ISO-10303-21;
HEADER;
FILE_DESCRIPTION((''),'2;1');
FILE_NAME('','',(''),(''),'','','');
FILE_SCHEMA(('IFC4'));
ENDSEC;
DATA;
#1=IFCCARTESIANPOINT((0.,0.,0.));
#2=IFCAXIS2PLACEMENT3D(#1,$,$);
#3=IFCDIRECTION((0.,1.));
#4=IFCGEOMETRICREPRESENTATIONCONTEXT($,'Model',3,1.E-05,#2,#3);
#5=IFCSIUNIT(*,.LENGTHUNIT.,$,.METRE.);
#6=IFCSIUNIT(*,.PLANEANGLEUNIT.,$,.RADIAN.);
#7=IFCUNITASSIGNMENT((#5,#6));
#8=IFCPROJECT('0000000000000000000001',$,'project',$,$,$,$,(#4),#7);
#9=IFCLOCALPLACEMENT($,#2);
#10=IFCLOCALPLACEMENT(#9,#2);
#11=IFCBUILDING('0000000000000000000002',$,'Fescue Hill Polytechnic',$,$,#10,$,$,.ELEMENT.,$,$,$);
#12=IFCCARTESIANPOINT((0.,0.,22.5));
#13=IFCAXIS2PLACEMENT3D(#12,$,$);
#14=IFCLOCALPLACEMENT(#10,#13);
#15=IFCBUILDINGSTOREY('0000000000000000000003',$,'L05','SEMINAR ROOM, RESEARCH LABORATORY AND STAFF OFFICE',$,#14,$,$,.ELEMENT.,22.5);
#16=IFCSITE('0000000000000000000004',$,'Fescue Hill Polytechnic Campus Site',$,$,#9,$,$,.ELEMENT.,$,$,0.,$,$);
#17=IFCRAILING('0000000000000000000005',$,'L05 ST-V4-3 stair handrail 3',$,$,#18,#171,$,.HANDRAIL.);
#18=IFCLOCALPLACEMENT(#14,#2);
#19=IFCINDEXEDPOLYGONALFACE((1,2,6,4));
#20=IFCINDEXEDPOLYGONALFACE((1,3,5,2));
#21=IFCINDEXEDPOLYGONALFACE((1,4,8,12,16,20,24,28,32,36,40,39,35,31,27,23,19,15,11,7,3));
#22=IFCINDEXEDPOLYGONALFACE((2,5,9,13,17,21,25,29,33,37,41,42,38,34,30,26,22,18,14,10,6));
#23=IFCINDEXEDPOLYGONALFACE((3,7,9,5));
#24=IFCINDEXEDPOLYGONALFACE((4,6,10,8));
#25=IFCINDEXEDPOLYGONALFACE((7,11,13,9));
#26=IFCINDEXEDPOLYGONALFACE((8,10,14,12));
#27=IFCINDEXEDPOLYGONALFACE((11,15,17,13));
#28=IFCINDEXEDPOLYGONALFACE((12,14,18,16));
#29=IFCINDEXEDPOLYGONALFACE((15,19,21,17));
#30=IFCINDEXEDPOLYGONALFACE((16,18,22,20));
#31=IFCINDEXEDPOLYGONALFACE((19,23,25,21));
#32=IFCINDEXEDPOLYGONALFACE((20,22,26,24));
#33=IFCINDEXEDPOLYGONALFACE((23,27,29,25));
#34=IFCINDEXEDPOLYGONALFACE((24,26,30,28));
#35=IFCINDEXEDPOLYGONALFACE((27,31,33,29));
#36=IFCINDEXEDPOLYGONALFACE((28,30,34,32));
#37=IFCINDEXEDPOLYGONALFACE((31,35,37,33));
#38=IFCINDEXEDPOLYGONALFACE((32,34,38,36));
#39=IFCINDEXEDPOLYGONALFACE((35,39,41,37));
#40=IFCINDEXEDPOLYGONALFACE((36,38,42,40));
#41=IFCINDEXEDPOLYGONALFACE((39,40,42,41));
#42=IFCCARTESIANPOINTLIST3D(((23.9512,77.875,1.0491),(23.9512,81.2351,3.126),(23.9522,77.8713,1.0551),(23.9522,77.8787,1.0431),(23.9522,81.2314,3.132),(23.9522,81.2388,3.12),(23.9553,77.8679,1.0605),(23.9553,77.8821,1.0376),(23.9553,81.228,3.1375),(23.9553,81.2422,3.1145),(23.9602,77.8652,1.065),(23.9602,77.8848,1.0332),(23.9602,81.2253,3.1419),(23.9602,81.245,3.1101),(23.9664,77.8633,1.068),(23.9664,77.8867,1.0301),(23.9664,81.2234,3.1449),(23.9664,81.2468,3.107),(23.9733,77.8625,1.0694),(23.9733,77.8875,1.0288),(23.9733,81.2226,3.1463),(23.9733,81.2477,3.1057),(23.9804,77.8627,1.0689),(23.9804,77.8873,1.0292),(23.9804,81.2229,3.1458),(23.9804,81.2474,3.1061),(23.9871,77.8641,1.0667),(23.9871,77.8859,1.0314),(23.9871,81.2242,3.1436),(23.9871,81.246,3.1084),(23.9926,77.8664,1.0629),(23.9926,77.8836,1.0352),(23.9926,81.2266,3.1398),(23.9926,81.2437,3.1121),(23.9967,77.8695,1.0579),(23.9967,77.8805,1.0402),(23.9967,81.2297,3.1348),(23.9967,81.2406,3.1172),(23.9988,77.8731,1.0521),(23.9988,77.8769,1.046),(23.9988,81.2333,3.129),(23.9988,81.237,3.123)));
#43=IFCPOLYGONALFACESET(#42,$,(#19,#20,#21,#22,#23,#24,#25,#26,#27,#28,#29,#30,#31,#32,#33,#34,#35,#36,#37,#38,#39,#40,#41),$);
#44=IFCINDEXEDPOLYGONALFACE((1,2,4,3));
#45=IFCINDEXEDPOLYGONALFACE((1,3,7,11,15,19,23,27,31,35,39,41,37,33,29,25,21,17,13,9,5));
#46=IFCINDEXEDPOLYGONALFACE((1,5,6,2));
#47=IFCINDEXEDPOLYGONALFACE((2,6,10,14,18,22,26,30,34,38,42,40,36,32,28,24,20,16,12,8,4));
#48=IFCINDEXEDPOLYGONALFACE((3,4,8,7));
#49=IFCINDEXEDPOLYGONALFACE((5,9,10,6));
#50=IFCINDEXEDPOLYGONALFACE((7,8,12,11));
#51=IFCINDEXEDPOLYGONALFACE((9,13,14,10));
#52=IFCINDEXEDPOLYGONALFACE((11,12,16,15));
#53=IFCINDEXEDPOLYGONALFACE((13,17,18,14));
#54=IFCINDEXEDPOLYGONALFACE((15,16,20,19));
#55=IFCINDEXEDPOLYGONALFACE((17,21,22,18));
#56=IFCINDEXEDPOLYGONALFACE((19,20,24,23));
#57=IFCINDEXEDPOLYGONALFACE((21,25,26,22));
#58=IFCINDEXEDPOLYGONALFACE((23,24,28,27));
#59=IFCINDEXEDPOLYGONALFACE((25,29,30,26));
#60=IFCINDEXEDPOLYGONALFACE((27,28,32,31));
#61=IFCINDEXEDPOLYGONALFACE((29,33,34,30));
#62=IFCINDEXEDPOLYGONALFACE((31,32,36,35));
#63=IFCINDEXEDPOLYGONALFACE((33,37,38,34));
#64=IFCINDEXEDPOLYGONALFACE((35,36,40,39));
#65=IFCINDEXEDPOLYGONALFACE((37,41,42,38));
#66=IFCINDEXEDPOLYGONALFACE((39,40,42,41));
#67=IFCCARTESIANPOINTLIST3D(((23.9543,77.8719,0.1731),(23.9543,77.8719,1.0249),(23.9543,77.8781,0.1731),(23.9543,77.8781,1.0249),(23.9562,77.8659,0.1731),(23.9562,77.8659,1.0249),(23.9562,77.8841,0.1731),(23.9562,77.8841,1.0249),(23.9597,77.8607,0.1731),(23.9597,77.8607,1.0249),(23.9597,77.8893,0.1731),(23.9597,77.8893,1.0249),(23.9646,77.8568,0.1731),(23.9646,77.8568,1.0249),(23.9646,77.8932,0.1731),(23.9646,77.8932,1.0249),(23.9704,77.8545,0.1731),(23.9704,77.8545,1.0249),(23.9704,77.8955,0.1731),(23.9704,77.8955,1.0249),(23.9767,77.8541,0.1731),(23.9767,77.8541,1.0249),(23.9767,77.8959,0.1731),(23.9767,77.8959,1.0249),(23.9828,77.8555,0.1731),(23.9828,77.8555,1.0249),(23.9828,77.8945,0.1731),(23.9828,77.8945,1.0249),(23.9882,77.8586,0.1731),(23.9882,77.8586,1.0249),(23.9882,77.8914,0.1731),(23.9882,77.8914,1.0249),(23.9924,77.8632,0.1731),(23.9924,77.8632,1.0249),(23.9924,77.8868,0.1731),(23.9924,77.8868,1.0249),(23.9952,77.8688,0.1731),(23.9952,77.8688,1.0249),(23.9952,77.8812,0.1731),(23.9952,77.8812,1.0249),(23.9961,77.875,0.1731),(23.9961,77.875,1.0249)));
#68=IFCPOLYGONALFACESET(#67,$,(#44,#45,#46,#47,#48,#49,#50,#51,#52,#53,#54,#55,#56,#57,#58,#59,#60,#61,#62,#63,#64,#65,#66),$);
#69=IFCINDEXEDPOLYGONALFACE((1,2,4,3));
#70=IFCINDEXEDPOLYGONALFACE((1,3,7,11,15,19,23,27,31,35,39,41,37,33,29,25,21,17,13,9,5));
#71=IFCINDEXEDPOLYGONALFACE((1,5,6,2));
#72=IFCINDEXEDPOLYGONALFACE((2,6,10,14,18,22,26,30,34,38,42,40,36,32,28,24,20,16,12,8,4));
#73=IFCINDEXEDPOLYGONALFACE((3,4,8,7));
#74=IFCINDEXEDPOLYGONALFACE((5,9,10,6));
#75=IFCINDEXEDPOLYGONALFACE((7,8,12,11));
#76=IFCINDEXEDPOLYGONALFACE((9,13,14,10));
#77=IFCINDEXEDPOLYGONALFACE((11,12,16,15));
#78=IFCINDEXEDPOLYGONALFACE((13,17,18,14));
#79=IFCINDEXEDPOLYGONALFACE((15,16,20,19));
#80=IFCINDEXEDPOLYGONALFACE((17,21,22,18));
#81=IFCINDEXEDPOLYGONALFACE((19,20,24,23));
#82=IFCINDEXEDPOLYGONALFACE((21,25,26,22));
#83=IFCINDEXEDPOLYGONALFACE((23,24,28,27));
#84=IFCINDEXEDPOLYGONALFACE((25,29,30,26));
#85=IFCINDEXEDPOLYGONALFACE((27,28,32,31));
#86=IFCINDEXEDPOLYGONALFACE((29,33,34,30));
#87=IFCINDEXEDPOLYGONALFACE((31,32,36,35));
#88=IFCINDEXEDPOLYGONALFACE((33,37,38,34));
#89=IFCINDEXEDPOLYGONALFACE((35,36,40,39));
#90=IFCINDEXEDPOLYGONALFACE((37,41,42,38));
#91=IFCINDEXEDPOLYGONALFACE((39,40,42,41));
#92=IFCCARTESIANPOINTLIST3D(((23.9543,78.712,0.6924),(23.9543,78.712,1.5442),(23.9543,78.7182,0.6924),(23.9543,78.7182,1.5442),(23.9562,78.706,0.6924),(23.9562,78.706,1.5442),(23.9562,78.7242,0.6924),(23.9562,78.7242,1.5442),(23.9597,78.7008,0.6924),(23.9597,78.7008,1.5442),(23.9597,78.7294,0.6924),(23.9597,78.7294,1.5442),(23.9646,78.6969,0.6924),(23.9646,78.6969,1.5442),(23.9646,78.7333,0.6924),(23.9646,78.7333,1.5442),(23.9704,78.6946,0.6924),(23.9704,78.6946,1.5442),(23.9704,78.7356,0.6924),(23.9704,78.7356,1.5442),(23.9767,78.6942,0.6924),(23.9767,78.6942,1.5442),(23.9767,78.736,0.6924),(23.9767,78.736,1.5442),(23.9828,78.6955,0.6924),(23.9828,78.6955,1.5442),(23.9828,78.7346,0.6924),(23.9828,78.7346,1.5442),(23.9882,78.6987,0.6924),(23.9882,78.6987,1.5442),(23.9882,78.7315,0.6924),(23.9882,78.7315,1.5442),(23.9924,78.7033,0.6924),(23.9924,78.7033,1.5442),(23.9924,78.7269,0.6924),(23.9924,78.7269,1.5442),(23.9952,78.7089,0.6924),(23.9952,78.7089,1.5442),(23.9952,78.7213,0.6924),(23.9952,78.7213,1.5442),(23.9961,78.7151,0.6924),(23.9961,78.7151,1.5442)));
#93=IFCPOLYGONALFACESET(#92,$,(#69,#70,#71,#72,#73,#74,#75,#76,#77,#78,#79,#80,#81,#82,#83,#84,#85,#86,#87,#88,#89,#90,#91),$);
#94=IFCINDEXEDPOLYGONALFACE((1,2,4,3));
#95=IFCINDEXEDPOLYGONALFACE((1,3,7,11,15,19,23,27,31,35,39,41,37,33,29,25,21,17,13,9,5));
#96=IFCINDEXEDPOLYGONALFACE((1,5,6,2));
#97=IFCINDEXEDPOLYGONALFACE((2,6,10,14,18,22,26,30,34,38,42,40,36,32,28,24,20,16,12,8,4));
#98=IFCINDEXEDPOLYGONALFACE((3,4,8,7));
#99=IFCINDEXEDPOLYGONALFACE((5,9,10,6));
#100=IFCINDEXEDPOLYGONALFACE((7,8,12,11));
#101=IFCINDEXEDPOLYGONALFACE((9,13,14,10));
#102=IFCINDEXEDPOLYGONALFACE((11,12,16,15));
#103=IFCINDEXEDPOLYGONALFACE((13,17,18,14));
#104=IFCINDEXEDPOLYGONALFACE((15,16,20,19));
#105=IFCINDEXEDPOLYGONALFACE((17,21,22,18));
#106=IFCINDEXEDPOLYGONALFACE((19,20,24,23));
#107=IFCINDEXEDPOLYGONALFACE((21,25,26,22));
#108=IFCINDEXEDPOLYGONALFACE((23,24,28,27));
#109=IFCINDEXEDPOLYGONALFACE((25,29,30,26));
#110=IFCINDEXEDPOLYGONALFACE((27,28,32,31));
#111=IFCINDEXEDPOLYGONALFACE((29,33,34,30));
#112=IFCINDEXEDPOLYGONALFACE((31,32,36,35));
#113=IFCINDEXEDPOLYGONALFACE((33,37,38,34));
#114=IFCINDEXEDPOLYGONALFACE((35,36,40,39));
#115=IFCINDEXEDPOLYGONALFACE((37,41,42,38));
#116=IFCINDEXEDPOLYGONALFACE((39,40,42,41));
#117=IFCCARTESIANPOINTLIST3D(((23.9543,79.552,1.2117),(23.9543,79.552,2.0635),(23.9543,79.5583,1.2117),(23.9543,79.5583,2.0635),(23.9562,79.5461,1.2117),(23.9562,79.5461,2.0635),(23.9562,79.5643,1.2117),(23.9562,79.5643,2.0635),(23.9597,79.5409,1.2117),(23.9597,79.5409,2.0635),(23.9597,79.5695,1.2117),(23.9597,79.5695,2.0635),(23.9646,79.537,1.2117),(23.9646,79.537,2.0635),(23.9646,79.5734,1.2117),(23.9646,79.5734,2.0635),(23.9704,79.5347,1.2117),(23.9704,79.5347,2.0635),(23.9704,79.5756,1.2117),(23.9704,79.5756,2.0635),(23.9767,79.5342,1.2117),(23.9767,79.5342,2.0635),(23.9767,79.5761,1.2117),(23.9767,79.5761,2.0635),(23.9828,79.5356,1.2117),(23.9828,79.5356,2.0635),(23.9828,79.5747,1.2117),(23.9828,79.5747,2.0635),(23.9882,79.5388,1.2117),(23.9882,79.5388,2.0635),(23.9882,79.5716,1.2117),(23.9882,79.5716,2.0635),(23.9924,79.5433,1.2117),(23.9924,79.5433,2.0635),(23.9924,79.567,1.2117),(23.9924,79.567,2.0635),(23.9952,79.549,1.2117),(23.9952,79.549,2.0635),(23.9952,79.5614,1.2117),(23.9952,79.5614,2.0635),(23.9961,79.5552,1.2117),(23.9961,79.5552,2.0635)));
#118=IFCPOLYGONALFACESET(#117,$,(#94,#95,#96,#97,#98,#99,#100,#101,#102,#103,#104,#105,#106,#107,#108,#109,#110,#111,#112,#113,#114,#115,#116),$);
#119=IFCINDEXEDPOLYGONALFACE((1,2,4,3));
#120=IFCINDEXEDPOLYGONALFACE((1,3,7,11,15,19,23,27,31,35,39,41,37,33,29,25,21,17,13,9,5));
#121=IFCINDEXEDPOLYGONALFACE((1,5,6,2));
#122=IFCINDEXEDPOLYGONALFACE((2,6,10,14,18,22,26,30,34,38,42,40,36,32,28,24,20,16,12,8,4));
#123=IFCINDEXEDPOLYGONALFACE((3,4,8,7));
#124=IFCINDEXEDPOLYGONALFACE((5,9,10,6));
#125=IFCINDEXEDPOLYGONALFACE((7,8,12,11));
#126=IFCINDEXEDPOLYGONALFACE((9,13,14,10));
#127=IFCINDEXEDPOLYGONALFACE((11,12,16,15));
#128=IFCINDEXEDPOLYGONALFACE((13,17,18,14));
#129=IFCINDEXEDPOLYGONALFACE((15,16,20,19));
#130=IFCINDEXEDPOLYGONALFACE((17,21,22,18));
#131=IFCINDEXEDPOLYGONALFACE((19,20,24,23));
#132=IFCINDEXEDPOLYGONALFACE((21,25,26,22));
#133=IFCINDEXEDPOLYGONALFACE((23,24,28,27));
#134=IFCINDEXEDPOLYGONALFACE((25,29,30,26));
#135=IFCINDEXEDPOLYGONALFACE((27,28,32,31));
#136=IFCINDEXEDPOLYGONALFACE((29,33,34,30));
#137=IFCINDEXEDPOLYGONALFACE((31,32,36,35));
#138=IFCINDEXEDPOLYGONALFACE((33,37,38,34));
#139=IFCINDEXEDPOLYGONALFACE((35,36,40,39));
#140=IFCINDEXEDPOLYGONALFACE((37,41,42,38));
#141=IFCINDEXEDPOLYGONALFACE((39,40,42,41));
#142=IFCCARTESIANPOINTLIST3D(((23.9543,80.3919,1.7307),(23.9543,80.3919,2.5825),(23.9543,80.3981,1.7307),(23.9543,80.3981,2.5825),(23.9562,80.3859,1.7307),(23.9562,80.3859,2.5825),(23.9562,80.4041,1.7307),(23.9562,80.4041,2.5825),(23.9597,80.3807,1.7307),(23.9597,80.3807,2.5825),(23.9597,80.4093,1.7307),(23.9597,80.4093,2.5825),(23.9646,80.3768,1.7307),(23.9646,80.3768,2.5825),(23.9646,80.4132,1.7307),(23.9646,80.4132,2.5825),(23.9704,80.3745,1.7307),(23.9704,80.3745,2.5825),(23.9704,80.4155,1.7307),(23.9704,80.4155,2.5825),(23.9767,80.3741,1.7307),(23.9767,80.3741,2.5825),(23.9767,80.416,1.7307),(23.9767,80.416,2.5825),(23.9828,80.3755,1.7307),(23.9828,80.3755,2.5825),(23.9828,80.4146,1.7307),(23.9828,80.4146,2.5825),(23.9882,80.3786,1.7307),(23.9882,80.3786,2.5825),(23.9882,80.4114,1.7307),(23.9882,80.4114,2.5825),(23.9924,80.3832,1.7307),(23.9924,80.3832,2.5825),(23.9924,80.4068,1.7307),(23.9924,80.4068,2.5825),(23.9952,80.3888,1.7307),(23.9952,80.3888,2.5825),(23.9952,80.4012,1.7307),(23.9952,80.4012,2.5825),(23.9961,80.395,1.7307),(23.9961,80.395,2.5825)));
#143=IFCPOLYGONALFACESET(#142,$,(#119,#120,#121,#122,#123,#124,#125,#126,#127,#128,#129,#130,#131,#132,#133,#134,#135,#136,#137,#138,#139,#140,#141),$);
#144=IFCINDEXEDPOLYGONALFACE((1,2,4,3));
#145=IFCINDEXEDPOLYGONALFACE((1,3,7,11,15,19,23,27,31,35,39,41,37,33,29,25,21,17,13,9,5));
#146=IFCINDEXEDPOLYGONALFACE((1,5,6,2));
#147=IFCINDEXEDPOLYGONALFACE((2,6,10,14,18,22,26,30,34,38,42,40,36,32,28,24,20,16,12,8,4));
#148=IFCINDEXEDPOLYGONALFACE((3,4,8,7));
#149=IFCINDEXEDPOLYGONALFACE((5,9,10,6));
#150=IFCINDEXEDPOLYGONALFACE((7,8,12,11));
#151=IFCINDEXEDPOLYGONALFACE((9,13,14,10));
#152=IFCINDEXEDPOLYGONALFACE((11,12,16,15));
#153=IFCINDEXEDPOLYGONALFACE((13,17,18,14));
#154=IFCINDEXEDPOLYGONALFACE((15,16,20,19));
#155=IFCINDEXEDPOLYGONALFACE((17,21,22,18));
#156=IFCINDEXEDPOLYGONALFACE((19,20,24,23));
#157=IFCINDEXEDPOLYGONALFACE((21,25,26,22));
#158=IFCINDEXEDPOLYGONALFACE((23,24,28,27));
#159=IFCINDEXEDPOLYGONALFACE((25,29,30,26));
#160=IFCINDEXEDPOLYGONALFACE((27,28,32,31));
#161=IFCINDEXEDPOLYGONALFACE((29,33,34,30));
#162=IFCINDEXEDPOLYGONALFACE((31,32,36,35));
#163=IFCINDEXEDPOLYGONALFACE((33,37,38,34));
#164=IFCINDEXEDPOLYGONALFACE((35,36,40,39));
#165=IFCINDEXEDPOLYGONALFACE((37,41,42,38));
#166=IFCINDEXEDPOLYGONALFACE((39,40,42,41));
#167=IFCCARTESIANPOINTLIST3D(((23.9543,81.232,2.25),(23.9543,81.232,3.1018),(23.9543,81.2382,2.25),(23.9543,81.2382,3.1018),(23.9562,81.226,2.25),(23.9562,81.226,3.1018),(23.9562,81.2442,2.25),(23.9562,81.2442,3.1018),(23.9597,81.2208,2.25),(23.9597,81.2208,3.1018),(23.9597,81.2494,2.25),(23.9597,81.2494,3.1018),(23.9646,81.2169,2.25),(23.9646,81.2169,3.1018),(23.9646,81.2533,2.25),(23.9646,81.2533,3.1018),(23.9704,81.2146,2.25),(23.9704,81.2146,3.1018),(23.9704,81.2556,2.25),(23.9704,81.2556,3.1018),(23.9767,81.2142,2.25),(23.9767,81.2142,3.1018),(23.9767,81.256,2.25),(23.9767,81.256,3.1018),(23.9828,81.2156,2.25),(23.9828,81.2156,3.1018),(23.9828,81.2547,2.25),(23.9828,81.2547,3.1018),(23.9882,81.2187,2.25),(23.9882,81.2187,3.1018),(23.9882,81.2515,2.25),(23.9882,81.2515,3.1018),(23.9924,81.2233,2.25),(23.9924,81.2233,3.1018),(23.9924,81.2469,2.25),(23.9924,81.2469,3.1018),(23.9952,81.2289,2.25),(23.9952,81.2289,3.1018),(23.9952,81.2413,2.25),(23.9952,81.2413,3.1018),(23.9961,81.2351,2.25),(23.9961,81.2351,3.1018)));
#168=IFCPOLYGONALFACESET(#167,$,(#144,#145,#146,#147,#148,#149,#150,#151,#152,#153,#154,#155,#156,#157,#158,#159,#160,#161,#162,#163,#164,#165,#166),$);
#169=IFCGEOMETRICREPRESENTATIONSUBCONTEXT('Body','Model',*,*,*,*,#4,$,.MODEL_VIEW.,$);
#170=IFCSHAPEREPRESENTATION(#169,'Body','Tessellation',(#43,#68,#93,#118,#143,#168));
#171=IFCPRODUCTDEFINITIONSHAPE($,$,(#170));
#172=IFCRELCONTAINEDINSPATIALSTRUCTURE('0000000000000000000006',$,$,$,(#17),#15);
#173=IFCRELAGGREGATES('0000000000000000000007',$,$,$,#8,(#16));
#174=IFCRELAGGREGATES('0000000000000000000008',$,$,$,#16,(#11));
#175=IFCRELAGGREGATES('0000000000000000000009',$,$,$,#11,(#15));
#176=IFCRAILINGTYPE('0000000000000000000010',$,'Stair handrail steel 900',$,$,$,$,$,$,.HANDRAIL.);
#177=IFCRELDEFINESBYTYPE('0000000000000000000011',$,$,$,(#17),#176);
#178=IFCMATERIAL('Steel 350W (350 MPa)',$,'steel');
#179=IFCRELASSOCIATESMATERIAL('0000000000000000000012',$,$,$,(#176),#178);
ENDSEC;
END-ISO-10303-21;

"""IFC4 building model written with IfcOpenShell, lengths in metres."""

from ifc_helpers import new_model, si_unit, direction, frame, origin, origin_2d, place, context, subcontext, project, spatial, circle, extrude, material, type_object, element, save


model = new_model("IFC4")

# Units and contexts
model_context = context("Model", 3, precision=1e-05, world=origin(), true_north=direction((0.0, 1.0)))
body_context = subcontext(model_context, "Body", "Model", "MODEL_VIEW")
ifc_project = project(units=[si_unit("LENGTHUNIT", "METRE"), si_unit("PLANEANGLEUNIT", "RADIAN")], contexts=[model_context])

# Site, building, storey
site_placement = place(None, origin())
site = spatial("IfcSite", under=ifc_project, at=site_placement, Name="Fescue Hill Polytechnic Campus Site", CompositionType="ELEMENT", RefElevation=0.0)
building_placement = place(site_placement, origin())
building = spatial("IfcBuilding", under=site, at=building_placement, Name="Fescue Hill Polytechnic", CompositionType="ELEMENT")
storey_placement = place(building_placement, frame((0.0, 0.0, 22.5)))
storey = spatial("IfcBuildingStorey", under=building, at=storey_placement, Name="L05", Description="SEMINAR ROOM, RESEARCH LABORATORY AND STAFF OFFICE", CompositionType="ELEMENT", Elevation=22.5)

# Railing
ifc_material_1 = material(Name="Steel 350W (350 MPa)", Category="steel")
railing_type_1 = type_object("IfcRailingType", Name="Stair handrail steel 900", PredefinedType="HANDRAIL", material=ifc_material_1)
railing_1_placement = place(storey_placement, frame((23.9751, 77.875, 0.1731)))
element("IfcRailing", 1, at=railing_1_placement, inside=storey, type_object=railing_type_1, Name="L05 ST-V4-3 stair handrail 3", PredefinedType="HANDRAIL", context=body_context, shape_type="SweptSolid", body=[
    extrude(circle(Radius=0.0239, at=origin_2d()), frame((0.0, 0.0, 0.876), z_axis=(0.0, 0.850623, 0.525776), x_axis=(-1.0, 0.0, 0.0)), (0.0, 0.0, 1.0), 3.9502),
    extrude(circle(Radius=0.021, at=origin_2d()), origin(), (0.0, 0.0, 1.0), 0.8518),
    extrude(circle(Radius=0.021, at=origin_2d()), frame((0.0, 0.8401, 0.5193)), (0.0, 0.0, 1.0), 0.8518),
    extrude(circle(Radius=0.021, at=origin_2d()), frame((0.0, 1.6802, 1.0386)), (0.0, 0.0, 1.0), 0.8518),
    extrude(circle(Radius=0.021, at=origin_2d()), frame((0.0, 2.52, 1.5576)), (0.0, 0.0, 1.0), 0.8518),
    extrude(circle(Radius=0.021, at=origin_2d()), frame((0.0, 3.3601, 2.0769)), (0.0, 0.0, 1.0), 0.8518),
])

save(model, "model.ifc")
